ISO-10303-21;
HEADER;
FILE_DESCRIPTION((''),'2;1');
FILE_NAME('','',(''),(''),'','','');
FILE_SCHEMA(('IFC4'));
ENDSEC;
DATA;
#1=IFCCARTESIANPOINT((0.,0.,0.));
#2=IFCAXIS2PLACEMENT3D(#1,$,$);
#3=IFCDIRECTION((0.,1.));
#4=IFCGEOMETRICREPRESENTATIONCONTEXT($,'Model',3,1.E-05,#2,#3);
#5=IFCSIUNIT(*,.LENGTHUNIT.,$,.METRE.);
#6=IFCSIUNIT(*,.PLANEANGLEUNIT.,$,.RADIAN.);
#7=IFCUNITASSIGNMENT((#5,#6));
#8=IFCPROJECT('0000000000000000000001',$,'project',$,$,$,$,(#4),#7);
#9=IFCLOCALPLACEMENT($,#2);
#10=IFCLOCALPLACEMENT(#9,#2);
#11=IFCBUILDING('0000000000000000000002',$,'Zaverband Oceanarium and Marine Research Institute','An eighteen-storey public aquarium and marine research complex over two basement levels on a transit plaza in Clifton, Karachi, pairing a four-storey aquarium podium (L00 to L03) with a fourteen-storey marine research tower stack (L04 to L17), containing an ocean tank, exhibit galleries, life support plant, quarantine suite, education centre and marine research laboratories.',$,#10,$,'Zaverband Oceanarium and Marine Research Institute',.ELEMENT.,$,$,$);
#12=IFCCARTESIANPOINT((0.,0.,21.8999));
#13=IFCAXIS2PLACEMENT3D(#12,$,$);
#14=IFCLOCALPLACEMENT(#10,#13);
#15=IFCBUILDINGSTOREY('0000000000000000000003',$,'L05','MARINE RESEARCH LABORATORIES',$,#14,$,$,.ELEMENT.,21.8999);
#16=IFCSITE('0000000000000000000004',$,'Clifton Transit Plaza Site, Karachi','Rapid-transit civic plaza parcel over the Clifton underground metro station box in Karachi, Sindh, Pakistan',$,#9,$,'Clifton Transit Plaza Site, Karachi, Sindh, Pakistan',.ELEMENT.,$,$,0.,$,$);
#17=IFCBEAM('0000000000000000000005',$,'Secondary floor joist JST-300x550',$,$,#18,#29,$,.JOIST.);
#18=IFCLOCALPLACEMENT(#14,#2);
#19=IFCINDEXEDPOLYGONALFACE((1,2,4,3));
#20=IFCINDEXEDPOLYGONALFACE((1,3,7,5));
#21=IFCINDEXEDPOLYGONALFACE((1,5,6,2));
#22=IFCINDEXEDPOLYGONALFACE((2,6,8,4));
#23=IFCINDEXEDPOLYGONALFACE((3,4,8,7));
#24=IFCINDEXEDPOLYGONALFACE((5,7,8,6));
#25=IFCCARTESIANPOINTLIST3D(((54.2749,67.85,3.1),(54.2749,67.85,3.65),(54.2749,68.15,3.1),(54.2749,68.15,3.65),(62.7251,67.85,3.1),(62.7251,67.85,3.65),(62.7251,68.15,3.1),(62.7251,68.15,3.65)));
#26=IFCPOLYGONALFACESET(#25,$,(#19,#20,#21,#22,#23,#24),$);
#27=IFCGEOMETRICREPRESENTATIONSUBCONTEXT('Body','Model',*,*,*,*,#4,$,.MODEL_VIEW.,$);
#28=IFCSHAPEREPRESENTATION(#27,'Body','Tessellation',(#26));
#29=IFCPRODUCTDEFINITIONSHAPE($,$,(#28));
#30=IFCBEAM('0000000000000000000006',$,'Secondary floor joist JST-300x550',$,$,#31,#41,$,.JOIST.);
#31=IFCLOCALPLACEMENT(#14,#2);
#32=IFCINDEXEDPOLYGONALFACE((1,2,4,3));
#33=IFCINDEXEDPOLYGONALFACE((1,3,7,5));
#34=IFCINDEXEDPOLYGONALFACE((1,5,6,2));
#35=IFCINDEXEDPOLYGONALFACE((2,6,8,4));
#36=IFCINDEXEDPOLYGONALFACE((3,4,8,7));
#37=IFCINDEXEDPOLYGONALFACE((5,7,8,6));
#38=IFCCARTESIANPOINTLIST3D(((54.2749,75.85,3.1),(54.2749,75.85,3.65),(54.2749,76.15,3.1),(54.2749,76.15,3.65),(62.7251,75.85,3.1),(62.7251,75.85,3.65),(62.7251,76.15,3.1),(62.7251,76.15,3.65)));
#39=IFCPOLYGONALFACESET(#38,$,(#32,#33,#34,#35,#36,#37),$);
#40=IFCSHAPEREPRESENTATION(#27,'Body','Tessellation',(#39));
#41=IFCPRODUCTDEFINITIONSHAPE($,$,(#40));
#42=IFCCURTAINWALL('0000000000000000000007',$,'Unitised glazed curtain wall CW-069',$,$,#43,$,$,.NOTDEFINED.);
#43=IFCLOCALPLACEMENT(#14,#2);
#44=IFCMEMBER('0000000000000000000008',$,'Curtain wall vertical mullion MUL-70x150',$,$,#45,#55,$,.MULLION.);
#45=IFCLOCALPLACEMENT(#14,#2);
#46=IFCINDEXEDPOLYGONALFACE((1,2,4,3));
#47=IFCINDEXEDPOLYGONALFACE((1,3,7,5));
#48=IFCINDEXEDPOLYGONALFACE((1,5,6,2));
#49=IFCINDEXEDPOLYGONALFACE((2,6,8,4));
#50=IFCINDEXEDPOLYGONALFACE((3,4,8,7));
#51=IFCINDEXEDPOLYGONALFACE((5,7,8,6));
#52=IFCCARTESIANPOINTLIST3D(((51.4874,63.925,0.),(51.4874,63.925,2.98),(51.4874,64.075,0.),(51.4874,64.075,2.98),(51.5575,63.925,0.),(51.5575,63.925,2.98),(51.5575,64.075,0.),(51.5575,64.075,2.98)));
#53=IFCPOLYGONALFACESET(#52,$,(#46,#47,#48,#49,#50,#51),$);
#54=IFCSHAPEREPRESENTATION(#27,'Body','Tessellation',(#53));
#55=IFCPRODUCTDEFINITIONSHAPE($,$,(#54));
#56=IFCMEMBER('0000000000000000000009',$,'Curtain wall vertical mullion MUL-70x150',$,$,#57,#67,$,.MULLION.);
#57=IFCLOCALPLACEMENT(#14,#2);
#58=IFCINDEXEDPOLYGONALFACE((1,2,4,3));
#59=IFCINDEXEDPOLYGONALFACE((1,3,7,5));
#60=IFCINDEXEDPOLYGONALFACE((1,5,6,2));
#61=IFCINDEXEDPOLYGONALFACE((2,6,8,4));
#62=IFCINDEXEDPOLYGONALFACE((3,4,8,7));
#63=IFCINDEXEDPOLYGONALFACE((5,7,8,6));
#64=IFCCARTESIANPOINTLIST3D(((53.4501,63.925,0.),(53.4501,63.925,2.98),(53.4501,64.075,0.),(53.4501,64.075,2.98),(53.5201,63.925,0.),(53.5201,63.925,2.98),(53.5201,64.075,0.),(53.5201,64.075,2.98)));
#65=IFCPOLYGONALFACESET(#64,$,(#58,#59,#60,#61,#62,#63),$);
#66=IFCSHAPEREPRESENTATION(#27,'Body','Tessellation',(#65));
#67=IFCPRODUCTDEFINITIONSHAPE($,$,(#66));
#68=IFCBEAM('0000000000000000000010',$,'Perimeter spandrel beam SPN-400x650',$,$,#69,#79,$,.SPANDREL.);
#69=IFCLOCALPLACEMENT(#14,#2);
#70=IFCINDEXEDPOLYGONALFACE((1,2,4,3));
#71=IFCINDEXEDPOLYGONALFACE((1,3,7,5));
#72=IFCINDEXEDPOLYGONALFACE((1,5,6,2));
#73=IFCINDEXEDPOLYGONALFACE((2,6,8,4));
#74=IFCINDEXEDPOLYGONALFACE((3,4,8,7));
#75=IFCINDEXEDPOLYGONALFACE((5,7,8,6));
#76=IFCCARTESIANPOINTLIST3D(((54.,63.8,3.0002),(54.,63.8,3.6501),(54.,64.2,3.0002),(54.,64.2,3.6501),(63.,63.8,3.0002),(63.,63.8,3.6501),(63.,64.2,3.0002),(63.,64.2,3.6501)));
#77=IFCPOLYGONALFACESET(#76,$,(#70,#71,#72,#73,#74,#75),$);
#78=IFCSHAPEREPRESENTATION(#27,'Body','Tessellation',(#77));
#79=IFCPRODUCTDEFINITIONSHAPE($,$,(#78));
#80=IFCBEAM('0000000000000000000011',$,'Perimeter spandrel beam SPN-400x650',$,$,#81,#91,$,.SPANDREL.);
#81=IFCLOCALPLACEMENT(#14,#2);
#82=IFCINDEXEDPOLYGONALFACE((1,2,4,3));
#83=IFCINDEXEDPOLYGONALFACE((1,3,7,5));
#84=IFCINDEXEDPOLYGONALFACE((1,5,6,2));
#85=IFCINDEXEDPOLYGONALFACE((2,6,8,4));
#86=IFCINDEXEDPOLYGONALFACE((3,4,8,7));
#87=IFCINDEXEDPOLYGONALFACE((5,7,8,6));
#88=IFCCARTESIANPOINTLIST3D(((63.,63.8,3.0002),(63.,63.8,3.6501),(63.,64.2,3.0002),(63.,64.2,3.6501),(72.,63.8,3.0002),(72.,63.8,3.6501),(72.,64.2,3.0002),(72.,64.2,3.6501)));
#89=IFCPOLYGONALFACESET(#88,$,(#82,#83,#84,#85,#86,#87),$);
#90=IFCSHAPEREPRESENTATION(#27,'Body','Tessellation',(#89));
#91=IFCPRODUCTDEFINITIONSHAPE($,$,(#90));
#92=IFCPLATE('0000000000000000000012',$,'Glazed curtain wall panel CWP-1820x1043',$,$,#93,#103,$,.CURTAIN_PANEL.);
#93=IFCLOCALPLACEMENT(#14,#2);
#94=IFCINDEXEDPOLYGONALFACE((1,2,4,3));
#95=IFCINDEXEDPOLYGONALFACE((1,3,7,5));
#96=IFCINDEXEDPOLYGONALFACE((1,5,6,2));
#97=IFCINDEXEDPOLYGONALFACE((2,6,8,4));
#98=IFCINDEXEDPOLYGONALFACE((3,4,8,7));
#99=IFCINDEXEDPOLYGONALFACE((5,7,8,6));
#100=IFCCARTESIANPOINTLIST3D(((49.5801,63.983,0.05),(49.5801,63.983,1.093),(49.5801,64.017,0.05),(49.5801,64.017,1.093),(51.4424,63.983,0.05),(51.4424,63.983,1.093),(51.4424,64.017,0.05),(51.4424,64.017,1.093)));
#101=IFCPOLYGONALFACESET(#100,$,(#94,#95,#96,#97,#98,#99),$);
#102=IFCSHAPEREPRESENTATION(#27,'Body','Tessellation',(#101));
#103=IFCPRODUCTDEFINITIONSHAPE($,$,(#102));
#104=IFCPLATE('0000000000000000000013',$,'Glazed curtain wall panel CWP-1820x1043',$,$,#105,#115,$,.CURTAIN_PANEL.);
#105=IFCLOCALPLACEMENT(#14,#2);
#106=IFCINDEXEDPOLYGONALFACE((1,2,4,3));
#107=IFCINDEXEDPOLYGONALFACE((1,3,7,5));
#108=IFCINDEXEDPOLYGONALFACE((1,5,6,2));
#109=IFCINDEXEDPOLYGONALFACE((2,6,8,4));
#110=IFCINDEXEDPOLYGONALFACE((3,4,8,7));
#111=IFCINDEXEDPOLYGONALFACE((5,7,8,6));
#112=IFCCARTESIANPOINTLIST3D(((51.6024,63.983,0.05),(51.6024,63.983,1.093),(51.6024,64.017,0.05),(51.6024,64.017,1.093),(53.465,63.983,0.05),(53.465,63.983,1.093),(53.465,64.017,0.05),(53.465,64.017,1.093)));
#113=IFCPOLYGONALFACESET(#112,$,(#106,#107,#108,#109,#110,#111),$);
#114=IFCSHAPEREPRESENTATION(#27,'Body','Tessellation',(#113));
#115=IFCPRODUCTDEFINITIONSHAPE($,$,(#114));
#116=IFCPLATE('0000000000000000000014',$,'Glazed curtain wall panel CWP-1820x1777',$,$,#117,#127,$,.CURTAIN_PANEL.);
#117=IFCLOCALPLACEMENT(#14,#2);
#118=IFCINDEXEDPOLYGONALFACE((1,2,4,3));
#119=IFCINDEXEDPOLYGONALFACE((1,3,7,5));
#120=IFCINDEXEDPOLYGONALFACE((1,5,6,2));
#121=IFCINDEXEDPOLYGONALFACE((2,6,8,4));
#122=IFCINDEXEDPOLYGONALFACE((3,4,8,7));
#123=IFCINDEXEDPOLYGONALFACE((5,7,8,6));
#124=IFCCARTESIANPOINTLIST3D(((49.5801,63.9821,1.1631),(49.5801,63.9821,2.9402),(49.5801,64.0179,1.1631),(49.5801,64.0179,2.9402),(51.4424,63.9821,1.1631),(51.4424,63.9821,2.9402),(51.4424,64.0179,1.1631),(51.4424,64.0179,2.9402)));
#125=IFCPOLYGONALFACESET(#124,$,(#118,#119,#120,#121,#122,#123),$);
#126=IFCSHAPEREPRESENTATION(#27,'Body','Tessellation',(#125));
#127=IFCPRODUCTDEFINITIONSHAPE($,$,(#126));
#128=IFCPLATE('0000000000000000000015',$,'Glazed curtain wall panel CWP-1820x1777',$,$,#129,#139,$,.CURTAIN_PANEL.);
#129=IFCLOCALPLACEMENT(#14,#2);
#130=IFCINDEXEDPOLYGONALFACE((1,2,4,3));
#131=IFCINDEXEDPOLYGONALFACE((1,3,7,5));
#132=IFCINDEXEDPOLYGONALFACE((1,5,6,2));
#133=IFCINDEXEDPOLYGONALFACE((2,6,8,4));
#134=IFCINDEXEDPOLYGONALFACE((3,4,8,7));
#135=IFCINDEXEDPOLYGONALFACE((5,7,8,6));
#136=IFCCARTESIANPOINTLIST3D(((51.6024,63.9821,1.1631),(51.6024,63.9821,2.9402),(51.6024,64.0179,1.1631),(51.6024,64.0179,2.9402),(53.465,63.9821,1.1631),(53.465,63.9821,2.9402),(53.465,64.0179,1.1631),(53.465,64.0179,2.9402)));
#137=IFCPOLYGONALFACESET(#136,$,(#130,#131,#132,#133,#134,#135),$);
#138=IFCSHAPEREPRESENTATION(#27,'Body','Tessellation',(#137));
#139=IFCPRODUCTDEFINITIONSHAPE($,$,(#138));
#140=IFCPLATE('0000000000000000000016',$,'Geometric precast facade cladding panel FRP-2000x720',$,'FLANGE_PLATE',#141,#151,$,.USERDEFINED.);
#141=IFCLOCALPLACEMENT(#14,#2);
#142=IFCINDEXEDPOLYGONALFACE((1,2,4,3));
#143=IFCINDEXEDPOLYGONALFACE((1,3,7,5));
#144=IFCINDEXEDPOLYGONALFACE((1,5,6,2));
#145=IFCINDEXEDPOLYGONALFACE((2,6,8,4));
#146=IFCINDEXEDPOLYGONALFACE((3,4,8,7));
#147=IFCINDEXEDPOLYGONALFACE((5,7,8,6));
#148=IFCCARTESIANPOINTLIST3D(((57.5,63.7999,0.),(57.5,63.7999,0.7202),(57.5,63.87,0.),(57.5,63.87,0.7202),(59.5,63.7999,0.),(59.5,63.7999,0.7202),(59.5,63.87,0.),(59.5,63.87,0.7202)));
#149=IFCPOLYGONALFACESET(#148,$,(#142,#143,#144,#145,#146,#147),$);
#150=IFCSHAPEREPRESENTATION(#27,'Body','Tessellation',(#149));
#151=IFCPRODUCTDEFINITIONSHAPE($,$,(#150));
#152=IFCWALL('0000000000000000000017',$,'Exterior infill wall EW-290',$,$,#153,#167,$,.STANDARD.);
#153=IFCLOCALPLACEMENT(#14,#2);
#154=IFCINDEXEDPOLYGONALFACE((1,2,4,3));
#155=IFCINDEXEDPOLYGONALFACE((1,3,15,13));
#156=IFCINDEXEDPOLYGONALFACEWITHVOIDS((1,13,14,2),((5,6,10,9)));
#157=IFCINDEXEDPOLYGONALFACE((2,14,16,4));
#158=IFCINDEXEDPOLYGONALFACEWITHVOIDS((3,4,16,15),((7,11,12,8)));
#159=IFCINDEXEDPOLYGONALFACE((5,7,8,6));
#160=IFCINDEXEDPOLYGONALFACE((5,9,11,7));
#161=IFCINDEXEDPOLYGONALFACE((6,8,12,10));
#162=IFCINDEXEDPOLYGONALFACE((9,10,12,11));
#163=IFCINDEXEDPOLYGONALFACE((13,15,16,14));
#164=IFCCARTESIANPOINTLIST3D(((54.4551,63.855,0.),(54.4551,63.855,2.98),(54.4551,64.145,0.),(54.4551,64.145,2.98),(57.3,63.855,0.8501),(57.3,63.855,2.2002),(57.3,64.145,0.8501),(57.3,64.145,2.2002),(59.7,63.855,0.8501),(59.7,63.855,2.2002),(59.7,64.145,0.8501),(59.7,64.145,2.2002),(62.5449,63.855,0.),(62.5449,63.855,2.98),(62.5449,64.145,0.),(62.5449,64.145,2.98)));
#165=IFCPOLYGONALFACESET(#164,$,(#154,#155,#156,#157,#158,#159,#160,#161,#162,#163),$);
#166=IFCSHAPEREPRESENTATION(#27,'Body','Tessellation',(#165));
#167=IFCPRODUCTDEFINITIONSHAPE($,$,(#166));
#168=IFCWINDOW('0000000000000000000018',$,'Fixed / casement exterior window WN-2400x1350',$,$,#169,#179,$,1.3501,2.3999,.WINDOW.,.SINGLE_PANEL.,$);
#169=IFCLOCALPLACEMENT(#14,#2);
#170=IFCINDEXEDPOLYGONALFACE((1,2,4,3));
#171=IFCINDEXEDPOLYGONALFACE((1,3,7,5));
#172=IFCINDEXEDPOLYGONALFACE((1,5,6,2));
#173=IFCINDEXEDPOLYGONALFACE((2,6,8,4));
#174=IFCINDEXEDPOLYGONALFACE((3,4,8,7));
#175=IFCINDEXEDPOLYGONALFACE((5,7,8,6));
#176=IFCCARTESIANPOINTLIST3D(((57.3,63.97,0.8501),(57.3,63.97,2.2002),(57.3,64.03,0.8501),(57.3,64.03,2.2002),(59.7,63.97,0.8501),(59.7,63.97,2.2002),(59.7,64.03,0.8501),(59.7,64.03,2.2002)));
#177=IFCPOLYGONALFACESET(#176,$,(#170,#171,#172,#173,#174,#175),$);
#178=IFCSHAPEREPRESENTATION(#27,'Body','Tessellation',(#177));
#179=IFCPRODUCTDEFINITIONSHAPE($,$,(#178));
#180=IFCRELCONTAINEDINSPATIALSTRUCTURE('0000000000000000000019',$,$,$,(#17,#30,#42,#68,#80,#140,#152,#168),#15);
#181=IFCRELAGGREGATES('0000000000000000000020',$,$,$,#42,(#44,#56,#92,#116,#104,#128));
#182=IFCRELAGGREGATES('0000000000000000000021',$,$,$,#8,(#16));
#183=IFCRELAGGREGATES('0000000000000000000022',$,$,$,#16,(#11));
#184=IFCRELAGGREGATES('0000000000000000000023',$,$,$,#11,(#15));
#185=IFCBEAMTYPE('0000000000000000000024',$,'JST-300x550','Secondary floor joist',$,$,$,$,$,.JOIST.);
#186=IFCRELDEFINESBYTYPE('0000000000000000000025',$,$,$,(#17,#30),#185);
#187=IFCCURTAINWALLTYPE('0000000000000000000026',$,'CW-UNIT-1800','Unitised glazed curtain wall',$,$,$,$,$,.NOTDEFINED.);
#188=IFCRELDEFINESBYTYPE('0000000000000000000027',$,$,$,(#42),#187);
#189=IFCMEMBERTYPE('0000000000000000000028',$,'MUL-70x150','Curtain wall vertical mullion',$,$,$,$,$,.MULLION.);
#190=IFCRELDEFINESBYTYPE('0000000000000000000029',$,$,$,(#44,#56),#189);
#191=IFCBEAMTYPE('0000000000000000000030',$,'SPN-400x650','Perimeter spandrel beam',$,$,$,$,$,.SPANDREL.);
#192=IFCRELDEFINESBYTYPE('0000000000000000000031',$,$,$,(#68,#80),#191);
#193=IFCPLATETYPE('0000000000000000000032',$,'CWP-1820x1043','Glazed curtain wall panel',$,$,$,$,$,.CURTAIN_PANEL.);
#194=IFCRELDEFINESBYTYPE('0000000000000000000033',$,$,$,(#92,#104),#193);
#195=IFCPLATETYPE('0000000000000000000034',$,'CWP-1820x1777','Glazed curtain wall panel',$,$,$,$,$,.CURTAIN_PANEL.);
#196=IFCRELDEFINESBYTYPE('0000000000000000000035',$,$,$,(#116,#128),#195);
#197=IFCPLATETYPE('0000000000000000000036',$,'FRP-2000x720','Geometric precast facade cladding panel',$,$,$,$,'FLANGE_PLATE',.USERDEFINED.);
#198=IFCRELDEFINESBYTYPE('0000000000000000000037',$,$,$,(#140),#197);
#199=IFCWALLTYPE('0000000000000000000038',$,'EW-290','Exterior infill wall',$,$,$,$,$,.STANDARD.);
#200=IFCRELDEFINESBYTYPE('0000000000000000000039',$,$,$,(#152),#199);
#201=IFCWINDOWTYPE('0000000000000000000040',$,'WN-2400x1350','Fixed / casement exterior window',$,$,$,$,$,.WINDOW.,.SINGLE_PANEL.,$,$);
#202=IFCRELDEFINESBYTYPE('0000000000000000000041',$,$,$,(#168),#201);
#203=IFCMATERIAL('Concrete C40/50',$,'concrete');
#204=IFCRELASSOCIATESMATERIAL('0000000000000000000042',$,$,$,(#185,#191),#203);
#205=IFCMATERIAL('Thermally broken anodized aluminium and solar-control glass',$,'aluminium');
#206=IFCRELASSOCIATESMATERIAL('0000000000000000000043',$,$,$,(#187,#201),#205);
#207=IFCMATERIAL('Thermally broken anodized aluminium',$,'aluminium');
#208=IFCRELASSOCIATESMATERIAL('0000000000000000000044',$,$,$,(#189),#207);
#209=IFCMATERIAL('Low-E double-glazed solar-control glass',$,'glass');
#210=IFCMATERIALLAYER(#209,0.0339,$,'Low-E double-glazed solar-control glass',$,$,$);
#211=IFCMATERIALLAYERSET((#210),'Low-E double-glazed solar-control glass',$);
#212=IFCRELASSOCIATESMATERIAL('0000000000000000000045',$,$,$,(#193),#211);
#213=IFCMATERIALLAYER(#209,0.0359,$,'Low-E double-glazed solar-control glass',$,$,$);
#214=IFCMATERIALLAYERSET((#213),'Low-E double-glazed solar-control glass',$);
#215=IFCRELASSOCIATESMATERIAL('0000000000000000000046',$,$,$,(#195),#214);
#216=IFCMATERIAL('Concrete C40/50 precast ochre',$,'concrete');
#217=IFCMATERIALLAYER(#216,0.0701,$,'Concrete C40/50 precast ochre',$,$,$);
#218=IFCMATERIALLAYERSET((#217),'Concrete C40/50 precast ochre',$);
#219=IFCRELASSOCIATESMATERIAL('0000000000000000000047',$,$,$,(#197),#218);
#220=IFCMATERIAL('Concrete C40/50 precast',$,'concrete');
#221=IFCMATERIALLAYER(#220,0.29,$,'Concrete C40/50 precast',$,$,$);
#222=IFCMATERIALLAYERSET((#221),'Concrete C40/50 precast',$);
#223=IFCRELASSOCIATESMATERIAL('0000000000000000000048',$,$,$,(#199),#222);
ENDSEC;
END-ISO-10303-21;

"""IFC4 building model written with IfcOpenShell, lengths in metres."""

from ifc_helpers import new_model, si_unit, direction, frame, frame_2d, origin, origin_2d, place, context, subcontext, project, spatial, rectangle, extrude, material, layer, layer_set, material_profile, profile_set, type_object, element, fill, aggregate, save


model = new_model("IFC4")

# Units and contexts
model_context = context("Model", 3, precision=1e-05, world=origin(), true_north=direction((0.0, 1.0)))
body_context = subcontext(model_context, "Body", "Model", "MODEL_VIEW")
ifc_project = project(units=[si_unit("LENGTHUNIT", "METRE"), si_unit("PLANEANGLEUNIT", "RADIAN")], contexts=[model_context])

# Site, building, storey
site_placement = place(None, origin())
site = spatial("IfcSite", under=ifc_project, at=site_placement, Name="Clifton Transit Plaza Site, Karachi", Description="Rapid-transit civic plaza parcel over the Clifton underground metro station box in Karachi, Sindh, Pakistan", LongName="Clifton Transit Plaza Site, Karachi, Sindh, Pakistan", CompositionType="ELEMENT", RefElevation=0.0)
building_placement = place(site_placement, origin())
building = spatial("IfcBuilding", under=site, at=building_placement, Name="Zaverband Oceanarium and Marine Research Institute", Description="An eighteen-storey public aquarium and marine research complex over two basement levels on a transit plaza in Clifton, Karachi, pairing a four-storey aquarium podium (L00 to L03) with a fourteen-storey marine research tower stack (L04 to L17), containing an ocean tank, exhibit galleries, life support plant, quarantine suite, education centre and marine research laboratories.", LongName="Zaverband Oceanarium and Marine Research Institute", CompositionType="ELEMENT")
storey_placement = place(building_placement, frame((0.0, 0.0, 21.8999)))
storey = spatial("IfcBuildingStorey", under=building, at=storey_placement, Name="L05", Description="MARINE RESEARCH LABORATORIES", CompositionType="ELEMENT", Elevation=21.8999)

# Shared definitions
ifc_material_1 = material(Name="Concrete C40/50", Category="concrete")

# Beams
ifc_material_profile_1 = material_profile(ifc_material_1, rectangle(XDim=0.3, YDim=0.55, at=origin_2d()), Name="RC300x550")
ifc_profile_set_1 = profile_set([ifc_material_profile_1], Name="Concrete C40/50")
beam_type_1 = type_object("IfcBeamType", Name="JST-300x550", Description="Secondary floor joist", PredefinedType="JOIST", material=ifc_profile_set_1)
for number, where, z_axis, x_axis, name in (
    (1, (54.2749, 68.0, 3.375), (1.0, 0.0, 0.0), (0.0, 1.0, 0.0), "Secondary floor joist JST-300x550"),
    (2, (54.2749, 76.0, 3.375), (1.0, 0.0, 0.0), (0.0, 1.0, 0.0), "Secondary floor joist JST-300x550"),
):
    element("IfcBeam", number, at=place(storey_placement, frame(where, z_axis=z_axis, x_axis=x_axis)), inside=storey, type_object=beam_type_1, Name=name, PredefinedType="JOIST", context=body_context, shape_type="SweptSolid", body=[
        extrude(rectangle(XDim=0.3, YDim=0.55, at=origin_2d()), origin(), (0.0, 0.0, 1.0), 8.4502),
    ])

# Curtain wall, members
ifc_material_2 = material(Name="Thermally broken anodized aluminium and solar-control glass", Category="aluminium")
curtain_wall_type = type_object("IfcCurtainWallType", Name="CW-UNIT-1800", Description="Unitised glazed curtain wall", PredefinedType="NOTDEFINED", material=ifc_material_2)
curtain_wall_placement = place(storey_placement, origin())
curtain_wall = element("IfcCurtainWall", 3, at=curtain_wall_placement, inside=storey, type_object=curtain_wall_type, Name="Unitised glazed curtain wall CW-069", PredefinedType="NOTDEFINED")
ifc_material_3 = material(Name="Thermally broken anodized aluminium", Category="aluminium")
ifc_material_profile_2 = material_profile(ifc_material_3, rectangle(XDim=0.0701, YDim=0.1499, at=origin_2d()), Name="AL-MUL-70x150")
ifc_profile_set_2 = profile_set([ifc_material_profile_2], Name="Thermally broken anodized aluminium")
member_type_1 = type_object("IfcMemberType", Name="MUL-70x150", Description="Curtain wall vertical mullion", PredefinedType="MULLION", material=ifc_profile_set_2)
member_1_placement = place(storey_placement, frame((51.5225, 64.0, 0.0), z_axis=(0.0, 0.0, 1.0), x_axis=(1.0, 0.0, 0.0)))
member_1 = element("IfcMember", 4, at=member_1_placement, type_object=member_type_1, Name="Curtain wall vertical mullion MUL-70x150", PredefinedType="MULLION", context=body_context, shape_type="SweptSolid", body=[
    extrude(rectangle(XDim=0.0701, YDim=0.1499, at=origin_2d()), origin(), (0.0, 0.0, 1.0), 2.98),
])
member_2_placement = place(storey_placement, frame((53.4851, 64.0, 0.0), z_axis=(0.0, 0.0, 1.0), x_axis=(1.0, 0.0, 0.0)))
member_2 = element("IfcMember", 5, at=member_2_placement, type_object=member_type_1, Name="Curtain wall vertical mullion MUL-70x150", PredefinedType="MULLION", context=body_context, shape_type="SweptSolid", body=[
    extrude(rectangle(XDim=0.0701, YDim=0.1499, at=origin_2d()), origin(), (0.0, 0.0, 1.0), 2.98),
])

# Beams
ifc_material_profile_3 = material_profile(ifc_material_1, rectangle(XDim=0.3999, YDim=0.6499, at=origin_2d()), Name="RC400x650")
ifc_profile_set_3 = profile_set([ifc_material_profile_3], Name="Concrete C40/50")
beam_type_2 = type_object("IfcBeamType", Name="SPN-400x650", Description="Perimeter spandrel beam", PredefinedType="SPANDREL", material=ifc_profile_set_3)
for number, where, z_axis, x_axis, name in (
    (6, (54.0, 64.0, 3.3252), (1.0, 0.0, 0.0), (0.0, 1.0, 0.0), "Perimeter spandrel beam SPN-400x650"),
    (7, (63.0, 64.0, 3.3252), (1.0, 0.0, 0.0), (0.0, 1.0, 0.0), "Perimeter spandrel beam SPN-400x650"),
):
    element("IfcBeam", number, at=place(storey_placement, frame(where, z_axis=z_axis, x_axis=x_axis)), inside=storey, type_object=beam_type_2, Name=name, PredefinedType="SPANDREL", context=body_context, shape_type="SweptSolid", body=[
        extrude(rectangle(XDim=0.3999, YDim=0.6499, at=origin_2d()), origin(), (0.0, 0.0, 1.0), 9.0),
    ])

# Plates
ifc_material_4 = material(Name="Low-E double-glazed solar-control glass", Category="glass")
ifc_layer_1 = layer(ifc_material_4, 0.0339, Name="Low-E double-glazed solar-control glass")
ifc_layer_set_1 = layer_set([ifc_layer_1], Name="Low-E double-glazed solar-control glass")
plate_type_1 = type_object("IfcPlateType", Name="CWP-1820x1043", Description="Glazed curtain wall panel", PredefinedType="CURTAIN_PANEL", material=ifc_layer_set_1)
plate_1_placement = place(storey_placement, frame((49.5801, 64.0, 0.05), z_axis=(0.0, 0.0, 1.0), x_axis=(1.0, 0.0, 0.0)))
plate_1 = element("IfcPlate", 8, at=plate_1_placement, type_object=plate_type_1, Name="Glazed curtain wall panel CWP-1820x1043", PredefinedType="CURTAIN_PANEL", context=body_context, shape_type="SweptSolid", body=[
    extrude(rectangle(XDim=1.8623, YDim=0.0339, at=frame_2d((0.9312, 0.0))), origin(), (0.0, 0.0, 1.0), 1.043),
])
plate_2_placement = place(storey_placement, frame((51.6025, 64.0, 0.05), z_axis=(0.0, 0.0, 1.0), x_axis=(1.0, 0.0, 0.0)))
plate_2 = element("IfcPlate", 9, at=plate_2_placement, type_object=plate_type_1, Name="Glazed curtain wall panel CWP-1820x1043", PredefinedType="CURTAIN_PANEL", context=body_context, shape_type="SweptSolid", body=[
    extrude(rectangle(XDim=1.8625, YDim=0.0339, at=frame_2d((0.9312, 0.0))), origin(), (0.0, 0.0, 1.0), 1.043),
])
ifc_layer_2 = layer(ifc_material_4, 0.0359, Name="Low-E double-glazed solar-control glass")
ifc_layer_set_2 = layer_set([ifc_layer_2], Name="Low-E double-glazed solar-control glass")
plate_type_2 = type_object("IfcPlateType", Name="CWP-1820x1777", Description="Glazed curtain wall panel", PredefinedType="CURTAIN_PANEL", material=ifc_layer_set_2)
plate_3_placement = place(storey_placement, frame((49.5801, 64.0, 1.1631), z_axis=(0.0, 0.0, 1.0), x_axis=(1.0, 0.0, 0.0)))
plate_3 = element("IfcPlate", 10, at=plate_3_placement, type_object=plate_type_2, Name="Glazed curtain wall panel CWP-1820x1777", PredefinedType="CURTAIN_PANEL", context=body_context, shape_type="SweptSolid", body=[
    extrude(rectangle(XDim=1.8623, YDim=0.0359, at=frame_2d((0.9312, 0.0))), origin(), (0.0, 0.0, 1.0), 1.7771),
])
plate_4_placement = place(storey_placement, frame((51.6025, 64.0, 1.1631), z_axis=(0.0, 0.0, 1.0), x_axis=(1.0, 0.0, 0.0)))
plate_4 = element("IfcPlate", 11, at=plate_4_placement, type_object=plate_type_2, Name="Glazed curtain wall panel CWP-1820x1777", PredefinedType="CURTAIN_PANEL", context=body_context, shape_type="SweptSolid", body=[
    extrude(rectangle(XDim=1.8625, YDim=0.0359, at=frame_2d((0.9312, 0.0))), origin(), (0.0, 0.0, 1.0), 1.7771),
])
aggregate(curtain_wall, [member_1, member_2, plate_1, plate_3, plate_2, plate_4])
ifc_material_5 = material(Name="Concrete C40/50 precast ochre", Category="concrete")
ifc_layer_3 = layer(ifc_material_5, 0.0701, Name="Concrete C40/50 precast ochre")
ifc_layer_set_3 = layer_set([ifc_layer_3], Name="Concrete C40/50 precast ochre")
plate_type_3 = type_object("IfcPlateType", Name="FRP-2000x720", Description="Geometric precast facade cladding panel", ElementType="FLANGE_PLATE", PredefinedType="USERDEFINED", material=ifc_layer_set_3)
plate_5_placement = place(storey_placement, frame((57.5, 63.835, 0.0), z_axis=(0.0, 0.0, 1.0), x_axis=(1.0, 0.0, 0.0)))
element("IfcPlate", 12, at=plate_5_placement, inside=storey, type_object=plate_type_3, Name="Geometric precast facade cladding panel FRP-2000x720", ObjectType="FLANGE_PLATE", PredefinedType="USERDEFINED", context=body_context, shape_type="SweptSolid", body=[
    extrude(rectangle(XDim=2.0, YDim=0.0701, at=frame_2d((1.0, 0.0))), origin(), (0.0, 0.0, 1.0), 0.7202),
])

# Wall, opening, window
ifc_material_6 = material(Name="Concrete C40/50 precast", Category="concrete")
ifc_layer_4 = layer(ifc_material_6, 0.29, Name="Concrete C40/50 precast")
ifc_layer_set_4 = layer_set([ifc_layer_4], Name="Concrete C40/50 precast")
wall_type_1 = type_object("IfcWallType", Name="EW-290", Description="Exterior infill wall", PredefinedType="STANDARD", material=ifc_layer_set_4)
wall_1_placement = place(storey_placement, frame((54.4551, 64.0, 0.0), z_axis=(0.0, 0.0, 1.0), x_axis=(1.0, 0.0, 0.0)))
wall_1 = element("IfcWall", 13, at=wall_1_placement, inside=storey, type_object=wall_type_1, Name="Exterior infill wall EW-290", PredefinedType="STANDARD", context=body_context, shape_type="SweptSolid", body=[
    extrude(rectangle(XDim=8.0898, YDim=0.29, at=frame_2d((4.0449, 0.0))), origin(), (0.0, 0.0, 1.0), 2.98),
])
opening_placement = place(wall_1_placement, frame((2.845, 0.0, 0.8501)))
opening = element("IfcOpeningElement", 14, at=opening_placement, cuts=wall_1, PredefinedType="OPENING", context=body_context, shape_type="SweptSolid", body=[
    extrude(rectangle(XDim=2.3999, YDim=1.3501, at=frame_2d((1.2, 0.675))), frame((0.0, 0.157, 0.0), z_axis=(0.0, -1.0, 0.0), x_axis=(1.0, 0.0, 0.0)), (0.0, 0.0, 1.0), 0.314),
])
window_type = type_object("IfcWindowType", Name="WN-2400x1350", Description="Fixed / casement exterior window", PartitioningType="SINGLE_PANEL", PredefinedType="WINDOW", material=ifc_material_2)
window_placement = place(opening_placement, origin())
window = element("IfcWindow", 15, at=window_placement, inside=storey, type_object=window_type, Name="Fixed / casement exterior window WN-2400x1350", OverallHeight=1.3501, OverallWidth=2.3999, PartitioningType="SINGLE_PANEL", PredefinedType="WINDOW", context=body_context, shape_type="SweptSolid", body=[
    extrude(rectangle(XDim=2.3999, YDim=1.3501, at=frame_2d((1.2, 0.675))), frame((0.0, 0.03, 0.0), z_axis=(0.0, -1.0, 0.0), x_axis=(1.0, 0.0, 0.0)), (0.0, 0.0, 1.0), 0.0601),
])
fill(opening, window)

save(model, "model.ifc")
